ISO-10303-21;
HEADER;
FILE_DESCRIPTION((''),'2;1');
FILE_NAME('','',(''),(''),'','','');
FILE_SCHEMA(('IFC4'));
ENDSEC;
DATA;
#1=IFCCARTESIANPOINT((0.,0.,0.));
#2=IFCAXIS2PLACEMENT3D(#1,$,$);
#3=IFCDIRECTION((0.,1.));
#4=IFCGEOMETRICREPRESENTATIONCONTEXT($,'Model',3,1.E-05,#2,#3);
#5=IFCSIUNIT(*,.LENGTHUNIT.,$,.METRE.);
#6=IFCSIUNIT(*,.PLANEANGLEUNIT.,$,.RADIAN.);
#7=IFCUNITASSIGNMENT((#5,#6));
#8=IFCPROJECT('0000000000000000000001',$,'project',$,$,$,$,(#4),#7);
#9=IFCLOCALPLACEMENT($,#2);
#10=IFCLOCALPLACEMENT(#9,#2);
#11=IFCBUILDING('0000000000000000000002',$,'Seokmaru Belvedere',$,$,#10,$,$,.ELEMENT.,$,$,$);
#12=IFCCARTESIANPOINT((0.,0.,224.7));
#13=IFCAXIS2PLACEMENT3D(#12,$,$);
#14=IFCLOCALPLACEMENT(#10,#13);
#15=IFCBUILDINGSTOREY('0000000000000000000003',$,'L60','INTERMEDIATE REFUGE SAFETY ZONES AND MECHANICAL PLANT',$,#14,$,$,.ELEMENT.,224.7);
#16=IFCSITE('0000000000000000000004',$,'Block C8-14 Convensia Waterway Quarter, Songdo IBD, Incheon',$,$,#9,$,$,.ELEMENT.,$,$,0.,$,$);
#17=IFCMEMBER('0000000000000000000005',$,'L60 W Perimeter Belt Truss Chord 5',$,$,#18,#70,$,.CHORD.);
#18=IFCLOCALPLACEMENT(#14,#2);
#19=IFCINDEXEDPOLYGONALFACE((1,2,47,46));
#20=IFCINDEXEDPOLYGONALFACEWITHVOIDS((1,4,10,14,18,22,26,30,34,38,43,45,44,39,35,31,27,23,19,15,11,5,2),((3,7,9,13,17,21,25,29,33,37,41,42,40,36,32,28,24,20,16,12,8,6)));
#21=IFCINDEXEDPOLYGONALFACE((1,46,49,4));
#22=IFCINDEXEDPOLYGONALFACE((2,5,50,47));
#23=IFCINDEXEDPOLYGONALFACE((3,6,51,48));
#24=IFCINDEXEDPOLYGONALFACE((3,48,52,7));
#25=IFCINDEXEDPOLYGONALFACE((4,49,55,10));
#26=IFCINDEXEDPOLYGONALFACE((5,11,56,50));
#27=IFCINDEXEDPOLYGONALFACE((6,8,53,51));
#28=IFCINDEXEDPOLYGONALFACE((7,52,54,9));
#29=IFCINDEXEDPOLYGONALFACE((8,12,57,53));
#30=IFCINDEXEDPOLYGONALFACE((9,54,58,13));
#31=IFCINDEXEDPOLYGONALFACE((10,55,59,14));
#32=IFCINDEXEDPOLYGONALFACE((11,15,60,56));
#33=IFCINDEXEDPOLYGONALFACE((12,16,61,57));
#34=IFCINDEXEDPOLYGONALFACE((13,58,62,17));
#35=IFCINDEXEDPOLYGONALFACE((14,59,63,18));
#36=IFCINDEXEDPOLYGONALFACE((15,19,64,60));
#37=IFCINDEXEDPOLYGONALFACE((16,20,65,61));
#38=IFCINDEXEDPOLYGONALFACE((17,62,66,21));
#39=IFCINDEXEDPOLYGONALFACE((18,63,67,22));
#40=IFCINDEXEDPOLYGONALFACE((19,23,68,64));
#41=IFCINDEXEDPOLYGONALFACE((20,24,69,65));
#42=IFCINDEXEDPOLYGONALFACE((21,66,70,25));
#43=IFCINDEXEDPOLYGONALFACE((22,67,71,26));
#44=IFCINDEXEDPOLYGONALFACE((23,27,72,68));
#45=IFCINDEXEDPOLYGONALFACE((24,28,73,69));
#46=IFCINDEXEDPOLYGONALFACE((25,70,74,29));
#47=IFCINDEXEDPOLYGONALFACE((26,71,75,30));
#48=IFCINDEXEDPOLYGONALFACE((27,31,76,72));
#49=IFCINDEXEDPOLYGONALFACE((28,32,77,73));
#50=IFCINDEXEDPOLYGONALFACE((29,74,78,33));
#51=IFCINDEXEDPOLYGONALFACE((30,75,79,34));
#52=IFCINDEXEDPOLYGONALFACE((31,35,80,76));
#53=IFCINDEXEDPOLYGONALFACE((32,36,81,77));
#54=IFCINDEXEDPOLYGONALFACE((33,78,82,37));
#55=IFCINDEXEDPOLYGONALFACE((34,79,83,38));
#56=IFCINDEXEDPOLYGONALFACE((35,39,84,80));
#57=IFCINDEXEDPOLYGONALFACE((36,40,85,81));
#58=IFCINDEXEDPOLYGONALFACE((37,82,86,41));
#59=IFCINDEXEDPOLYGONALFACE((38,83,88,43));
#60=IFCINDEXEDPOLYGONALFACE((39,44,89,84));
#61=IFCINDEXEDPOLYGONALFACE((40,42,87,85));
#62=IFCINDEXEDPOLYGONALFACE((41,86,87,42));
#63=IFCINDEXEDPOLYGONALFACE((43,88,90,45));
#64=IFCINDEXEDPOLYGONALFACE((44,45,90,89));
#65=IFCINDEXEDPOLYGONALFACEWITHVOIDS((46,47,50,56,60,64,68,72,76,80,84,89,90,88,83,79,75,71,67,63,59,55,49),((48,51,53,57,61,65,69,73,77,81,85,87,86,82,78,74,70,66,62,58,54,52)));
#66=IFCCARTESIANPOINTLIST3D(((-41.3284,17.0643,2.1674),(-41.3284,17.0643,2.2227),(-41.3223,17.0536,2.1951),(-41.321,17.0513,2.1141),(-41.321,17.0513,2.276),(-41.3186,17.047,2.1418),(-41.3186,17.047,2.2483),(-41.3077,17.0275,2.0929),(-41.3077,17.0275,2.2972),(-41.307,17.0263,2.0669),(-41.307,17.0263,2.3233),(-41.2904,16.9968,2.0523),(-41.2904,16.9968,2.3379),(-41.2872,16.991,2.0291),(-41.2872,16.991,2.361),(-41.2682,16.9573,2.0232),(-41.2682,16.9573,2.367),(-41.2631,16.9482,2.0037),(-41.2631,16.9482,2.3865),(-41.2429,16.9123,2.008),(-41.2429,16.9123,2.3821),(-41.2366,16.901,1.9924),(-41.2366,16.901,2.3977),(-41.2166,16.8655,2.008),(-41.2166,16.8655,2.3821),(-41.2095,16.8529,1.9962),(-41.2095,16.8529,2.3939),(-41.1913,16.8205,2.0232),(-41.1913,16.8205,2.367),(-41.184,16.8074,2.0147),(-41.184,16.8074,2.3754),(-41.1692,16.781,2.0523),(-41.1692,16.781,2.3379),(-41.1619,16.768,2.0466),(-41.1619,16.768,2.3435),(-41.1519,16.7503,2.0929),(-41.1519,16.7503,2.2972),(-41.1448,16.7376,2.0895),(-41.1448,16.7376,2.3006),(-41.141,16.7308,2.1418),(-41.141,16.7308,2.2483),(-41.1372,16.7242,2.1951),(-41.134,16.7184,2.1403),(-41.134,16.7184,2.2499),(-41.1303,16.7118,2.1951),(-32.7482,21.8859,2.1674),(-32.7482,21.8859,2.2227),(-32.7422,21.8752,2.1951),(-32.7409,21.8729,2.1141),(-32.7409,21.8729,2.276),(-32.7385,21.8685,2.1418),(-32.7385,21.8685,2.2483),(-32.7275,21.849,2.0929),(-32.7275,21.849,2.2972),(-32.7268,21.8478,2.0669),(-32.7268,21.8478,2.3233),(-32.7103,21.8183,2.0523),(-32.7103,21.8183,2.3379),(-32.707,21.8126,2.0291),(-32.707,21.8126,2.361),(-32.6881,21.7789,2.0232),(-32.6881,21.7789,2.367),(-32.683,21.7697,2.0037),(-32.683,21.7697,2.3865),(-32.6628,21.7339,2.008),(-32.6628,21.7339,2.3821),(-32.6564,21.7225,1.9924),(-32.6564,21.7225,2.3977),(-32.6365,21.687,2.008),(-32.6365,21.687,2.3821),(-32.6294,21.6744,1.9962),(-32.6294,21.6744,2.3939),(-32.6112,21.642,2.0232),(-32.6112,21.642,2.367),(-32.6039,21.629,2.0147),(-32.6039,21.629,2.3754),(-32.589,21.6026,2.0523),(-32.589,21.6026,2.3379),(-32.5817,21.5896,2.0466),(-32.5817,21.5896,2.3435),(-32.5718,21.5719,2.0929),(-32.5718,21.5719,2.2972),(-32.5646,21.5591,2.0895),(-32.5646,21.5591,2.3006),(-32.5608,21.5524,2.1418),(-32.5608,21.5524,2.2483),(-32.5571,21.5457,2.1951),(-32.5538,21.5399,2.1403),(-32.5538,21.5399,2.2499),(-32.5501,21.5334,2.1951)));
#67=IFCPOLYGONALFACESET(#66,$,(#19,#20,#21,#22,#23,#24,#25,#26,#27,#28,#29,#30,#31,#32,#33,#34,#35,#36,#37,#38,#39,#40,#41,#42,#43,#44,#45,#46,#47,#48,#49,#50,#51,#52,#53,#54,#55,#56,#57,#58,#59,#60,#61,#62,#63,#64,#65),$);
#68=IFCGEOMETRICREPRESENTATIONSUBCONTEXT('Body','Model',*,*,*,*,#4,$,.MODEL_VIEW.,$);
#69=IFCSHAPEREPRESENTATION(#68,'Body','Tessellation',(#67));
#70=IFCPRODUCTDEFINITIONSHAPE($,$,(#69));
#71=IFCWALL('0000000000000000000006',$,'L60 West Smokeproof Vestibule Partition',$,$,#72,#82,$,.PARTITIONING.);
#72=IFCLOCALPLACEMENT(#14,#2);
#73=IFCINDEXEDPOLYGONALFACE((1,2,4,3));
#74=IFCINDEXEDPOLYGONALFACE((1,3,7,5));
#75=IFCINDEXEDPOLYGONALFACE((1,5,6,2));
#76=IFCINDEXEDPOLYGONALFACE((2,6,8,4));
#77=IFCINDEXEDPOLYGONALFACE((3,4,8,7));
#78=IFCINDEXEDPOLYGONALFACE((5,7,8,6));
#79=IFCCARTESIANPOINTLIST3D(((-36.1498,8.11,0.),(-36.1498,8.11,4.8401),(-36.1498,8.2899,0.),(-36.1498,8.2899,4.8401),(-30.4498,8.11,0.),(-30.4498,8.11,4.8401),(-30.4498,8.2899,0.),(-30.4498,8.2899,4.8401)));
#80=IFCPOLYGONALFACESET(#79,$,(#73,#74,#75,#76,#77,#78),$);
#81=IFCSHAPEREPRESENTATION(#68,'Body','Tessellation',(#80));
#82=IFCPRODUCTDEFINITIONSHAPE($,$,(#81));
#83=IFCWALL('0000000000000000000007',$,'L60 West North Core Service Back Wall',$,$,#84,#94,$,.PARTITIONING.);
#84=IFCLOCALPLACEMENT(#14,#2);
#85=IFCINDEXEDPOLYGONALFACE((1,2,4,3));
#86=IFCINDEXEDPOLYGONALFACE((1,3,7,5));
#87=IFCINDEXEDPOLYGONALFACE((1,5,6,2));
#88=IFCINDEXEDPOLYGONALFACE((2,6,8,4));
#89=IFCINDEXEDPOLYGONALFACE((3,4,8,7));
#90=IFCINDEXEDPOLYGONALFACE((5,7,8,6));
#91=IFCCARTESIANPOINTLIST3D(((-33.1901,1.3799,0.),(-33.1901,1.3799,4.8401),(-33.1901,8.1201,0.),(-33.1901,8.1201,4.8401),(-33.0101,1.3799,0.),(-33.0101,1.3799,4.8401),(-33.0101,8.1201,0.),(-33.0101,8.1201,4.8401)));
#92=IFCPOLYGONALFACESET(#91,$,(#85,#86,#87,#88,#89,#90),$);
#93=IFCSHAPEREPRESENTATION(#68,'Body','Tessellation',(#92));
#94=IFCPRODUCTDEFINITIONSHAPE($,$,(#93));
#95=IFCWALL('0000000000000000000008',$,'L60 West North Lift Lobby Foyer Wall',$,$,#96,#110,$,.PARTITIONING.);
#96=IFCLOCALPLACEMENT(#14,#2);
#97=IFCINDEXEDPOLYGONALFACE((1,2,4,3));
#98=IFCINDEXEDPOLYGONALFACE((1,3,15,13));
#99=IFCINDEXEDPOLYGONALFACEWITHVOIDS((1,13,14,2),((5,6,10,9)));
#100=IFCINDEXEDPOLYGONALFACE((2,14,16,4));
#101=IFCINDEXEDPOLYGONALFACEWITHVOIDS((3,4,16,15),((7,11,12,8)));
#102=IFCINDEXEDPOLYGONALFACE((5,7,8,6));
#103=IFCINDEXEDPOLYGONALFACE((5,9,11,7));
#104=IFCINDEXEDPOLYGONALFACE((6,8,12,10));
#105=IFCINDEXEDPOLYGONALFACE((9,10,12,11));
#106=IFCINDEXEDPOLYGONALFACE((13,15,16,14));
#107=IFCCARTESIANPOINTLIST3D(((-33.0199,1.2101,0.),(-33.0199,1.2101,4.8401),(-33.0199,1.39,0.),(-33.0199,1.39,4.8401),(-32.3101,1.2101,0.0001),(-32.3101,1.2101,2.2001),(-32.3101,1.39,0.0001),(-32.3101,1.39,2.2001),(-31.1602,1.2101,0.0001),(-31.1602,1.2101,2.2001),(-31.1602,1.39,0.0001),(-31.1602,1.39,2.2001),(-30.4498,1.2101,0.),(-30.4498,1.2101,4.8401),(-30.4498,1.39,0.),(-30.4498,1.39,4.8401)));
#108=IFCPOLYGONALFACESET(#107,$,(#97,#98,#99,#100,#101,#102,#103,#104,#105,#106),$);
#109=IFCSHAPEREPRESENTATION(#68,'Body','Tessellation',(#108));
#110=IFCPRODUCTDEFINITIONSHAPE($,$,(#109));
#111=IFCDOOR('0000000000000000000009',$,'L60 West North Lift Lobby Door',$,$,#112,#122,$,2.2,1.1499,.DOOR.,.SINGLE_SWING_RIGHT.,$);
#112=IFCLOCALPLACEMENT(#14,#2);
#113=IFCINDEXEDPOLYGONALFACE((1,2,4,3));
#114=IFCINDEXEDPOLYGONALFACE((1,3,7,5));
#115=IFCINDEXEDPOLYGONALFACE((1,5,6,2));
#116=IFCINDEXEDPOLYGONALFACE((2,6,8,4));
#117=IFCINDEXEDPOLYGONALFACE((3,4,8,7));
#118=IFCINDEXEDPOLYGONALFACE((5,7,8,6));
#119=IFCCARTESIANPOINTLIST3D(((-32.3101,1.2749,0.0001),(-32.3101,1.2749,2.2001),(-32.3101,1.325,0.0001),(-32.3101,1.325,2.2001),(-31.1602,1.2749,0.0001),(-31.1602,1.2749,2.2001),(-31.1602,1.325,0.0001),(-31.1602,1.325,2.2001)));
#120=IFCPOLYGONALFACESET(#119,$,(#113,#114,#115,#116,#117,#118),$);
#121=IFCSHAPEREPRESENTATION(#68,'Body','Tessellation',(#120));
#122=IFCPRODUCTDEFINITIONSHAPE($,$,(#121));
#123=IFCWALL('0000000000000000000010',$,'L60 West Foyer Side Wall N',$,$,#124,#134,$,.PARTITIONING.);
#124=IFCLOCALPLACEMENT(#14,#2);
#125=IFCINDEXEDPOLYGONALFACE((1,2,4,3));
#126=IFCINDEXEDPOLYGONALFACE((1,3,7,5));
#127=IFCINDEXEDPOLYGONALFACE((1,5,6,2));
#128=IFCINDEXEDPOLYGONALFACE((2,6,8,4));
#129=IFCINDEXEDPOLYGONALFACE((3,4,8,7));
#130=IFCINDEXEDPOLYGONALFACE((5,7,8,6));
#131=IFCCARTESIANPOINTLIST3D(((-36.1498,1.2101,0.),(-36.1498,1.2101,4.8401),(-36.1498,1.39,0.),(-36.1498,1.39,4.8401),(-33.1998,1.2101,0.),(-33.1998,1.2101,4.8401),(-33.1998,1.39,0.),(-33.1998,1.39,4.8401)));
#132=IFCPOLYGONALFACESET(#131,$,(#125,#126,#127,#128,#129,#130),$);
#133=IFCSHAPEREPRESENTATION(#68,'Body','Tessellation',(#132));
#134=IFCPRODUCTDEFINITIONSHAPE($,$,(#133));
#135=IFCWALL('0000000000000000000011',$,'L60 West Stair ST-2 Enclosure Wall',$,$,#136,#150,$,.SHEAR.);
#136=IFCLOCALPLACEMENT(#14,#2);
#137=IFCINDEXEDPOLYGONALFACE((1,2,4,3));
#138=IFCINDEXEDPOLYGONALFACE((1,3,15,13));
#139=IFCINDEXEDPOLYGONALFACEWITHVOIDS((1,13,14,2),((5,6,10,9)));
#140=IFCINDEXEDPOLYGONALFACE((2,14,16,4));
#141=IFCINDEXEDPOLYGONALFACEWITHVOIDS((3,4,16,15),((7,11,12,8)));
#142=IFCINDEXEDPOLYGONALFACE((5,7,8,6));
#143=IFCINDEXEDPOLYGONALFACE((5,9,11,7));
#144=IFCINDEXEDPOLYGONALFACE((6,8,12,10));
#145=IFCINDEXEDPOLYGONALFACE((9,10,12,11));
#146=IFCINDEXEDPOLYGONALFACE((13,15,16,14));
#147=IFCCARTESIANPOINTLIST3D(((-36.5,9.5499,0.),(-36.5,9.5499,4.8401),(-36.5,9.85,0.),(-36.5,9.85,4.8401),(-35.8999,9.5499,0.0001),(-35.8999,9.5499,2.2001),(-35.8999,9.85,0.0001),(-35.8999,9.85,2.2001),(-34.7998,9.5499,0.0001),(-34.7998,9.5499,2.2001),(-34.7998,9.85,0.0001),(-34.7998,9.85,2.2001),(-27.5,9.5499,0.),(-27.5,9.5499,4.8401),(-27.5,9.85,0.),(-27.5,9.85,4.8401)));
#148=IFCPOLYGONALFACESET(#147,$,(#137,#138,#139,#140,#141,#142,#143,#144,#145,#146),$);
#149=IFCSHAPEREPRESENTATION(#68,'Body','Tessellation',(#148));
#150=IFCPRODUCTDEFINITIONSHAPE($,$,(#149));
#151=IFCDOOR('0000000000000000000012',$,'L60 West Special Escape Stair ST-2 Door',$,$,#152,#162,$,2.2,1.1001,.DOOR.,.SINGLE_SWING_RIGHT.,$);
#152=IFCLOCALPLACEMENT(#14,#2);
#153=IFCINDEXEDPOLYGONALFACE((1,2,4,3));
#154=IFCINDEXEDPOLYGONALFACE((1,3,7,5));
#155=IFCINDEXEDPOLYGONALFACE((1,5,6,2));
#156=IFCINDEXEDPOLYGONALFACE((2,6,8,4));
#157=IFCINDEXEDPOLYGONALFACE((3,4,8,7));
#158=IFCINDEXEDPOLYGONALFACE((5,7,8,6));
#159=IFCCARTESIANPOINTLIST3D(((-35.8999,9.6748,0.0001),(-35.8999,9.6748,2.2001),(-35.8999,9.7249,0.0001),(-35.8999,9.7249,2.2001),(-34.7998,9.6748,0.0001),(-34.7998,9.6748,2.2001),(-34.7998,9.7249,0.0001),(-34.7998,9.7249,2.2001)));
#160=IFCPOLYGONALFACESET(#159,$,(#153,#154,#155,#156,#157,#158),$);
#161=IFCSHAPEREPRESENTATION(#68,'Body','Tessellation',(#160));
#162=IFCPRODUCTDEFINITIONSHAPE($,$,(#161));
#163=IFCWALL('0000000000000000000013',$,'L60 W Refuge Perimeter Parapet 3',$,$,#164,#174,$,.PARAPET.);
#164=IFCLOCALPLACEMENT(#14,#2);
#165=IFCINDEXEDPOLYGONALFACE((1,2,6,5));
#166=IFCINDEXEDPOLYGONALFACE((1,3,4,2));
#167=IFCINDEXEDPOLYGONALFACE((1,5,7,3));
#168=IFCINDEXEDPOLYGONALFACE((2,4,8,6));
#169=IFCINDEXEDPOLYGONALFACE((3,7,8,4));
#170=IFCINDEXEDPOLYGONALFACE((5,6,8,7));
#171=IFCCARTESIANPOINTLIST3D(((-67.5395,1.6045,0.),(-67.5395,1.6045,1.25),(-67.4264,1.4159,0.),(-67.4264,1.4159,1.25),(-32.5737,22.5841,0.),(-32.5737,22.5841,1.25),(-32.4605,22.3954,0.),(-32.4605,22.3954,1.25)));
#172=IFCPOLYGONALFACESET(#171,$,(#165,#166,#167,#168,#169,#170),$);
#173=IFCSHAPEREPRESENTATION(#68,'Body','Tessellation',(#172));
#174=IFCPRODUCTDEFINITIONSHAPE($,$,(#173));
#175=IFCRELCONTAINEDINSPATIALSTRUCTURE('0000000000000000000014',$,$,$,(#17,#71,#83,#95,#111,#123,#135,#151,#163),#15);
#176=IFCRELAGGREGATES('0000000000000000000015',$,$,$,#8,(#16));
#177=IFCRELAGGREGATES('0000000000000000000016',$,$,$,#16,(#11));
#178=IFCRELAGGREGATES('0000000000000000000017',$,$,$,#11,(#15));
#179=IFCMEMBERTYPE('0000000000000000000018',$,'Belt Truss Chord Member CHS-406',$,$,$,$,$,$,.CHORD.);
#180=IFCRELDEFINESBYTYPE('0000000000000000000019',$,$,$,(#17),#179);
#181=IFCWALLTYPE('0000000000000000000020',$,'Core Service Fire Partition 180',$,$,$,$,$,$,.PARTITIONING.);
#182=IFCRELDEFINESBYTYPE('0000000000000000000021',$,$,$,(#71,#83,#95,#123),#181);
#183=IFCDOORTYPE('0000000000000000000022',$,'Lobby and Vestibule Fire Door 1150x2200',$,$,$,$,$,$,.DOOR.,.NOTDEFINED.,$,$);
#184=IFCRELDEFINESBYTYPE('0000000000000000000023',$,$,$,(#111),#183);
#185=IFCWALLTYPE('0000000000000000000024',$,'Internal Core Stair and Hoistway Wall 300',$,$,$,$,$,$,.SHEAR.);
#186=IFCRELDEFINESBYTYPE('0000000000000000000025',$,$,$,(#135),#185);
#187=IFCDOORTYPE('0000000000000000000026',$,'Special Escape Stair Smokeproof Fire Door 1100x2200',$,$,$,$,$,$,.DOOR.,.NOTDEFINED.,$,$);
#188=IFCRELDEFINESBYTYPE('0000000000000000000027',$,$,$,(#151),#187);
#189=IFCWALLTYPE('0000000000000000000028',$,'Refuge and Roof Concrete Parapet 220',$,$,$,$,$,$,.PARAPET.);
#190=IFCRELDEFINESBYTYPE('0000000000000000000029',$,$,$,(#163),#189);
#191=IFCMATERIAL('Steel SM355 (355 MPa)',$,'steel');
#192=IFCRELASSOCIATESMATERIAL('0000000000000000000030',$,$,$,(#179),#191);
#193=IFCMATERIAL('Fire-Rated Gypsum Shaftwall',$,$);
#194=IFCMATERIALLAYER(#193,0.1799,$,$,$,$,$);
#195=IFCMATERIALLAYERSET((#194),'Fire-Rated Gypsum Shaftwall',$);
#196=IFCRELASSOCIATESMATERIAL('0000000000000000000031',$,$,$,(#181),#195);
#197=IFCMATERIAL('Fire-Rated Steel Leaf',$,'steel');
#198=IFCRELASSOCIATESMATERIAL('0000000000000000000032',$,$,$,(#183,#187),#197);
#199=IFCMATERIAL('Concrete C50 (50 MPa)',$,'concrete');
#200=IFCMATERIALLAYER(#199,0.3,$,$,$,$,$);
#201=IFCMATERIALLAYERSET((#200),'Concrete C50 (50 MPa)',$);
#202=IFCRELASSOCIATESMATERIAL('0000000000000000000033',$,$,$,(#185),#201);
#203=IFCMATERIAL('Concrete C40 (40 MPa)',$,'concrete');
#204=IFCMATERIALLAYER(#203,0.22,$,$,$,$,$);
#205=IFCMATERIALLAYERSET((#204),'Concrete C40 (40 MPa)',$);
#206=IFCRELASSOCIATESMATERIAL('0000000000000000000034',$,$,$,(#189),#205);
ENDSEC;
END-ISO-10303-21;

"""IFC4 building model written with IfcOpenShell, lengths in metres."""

from ifc_helpers import new_model, si_unit, direction, frame, frame_2d, origin, origin_2d, place, context, subcontext, project, spatial, rectangle, hollow_circle, extrude, source, transform, mapped, material, layer, layer_set, material_profile, profile_set, type_object, type_shapes, element, fill, save


model = new_model("IFC4")

# Units and contexts
model_context = context("Model", 3, precision=1e-05, world=origin(), true_north=direction((0.0, 1.0)))
body_context = subcontext(model_context, "Body", "Model", "MODEL_VIEW")
ifc_project = project(units=[si_unit("LENGTHUNIT", "METRE"), si_unit("PLANEANGLEUNIT", "RADIAN")], contexts=[model_context])

# Site, building, storey
site_placement = place(None, origin())
site = spatial("IfcSite", under=ifc_project, at=site_placement, Name="Block C8-14 Convensia Waterway Quarter, Songdo IBD, Incheon", CompositionType="ELEMENT", RefElevation=0.0)
building_placement = place(site_placement, origin())
building = spatial("IfcBuilding", under=site, at=building_placement, Name="Seokmaru Belvedere", CompositionType="ELEMENT")
storey_placement = place(building_placement, frame((0.0, 0.0, 224.7)))
storey = spatial("IfcBuildingStorey", under=building, at=storey_placement, Name="L60", Description="INTERMEDIATE REFUGE SAFETY ZONES AND MECHANICAL PLANT", CompositionType="ELEMENT", Elevation=224.7)

# Shared definitions
ifc_material_1 = material(Name="Steel SM355 (355 MPa)", Category="steel")

# Member
ifc_material_profile_1 = material_profile(ifc_material_1, hollow_circle(Radius=0.2031, WallThickness=0.0142, at=origin_2d()), Name="CHS-406.4x14.2")
ifc_profile_set_1 = profile_set([ifc_material_profile_1], Name="Steel SM355 (355 MPa)")
member_type_1 = type_object("IfcMemberType", Name="Belt Truss Chord Member CHS-406", PredefinedType="CHORD", material=ifc_profile_set_1)
shared_shape_1 = source(origin(), body_context, "Body", "SweptSolid", [
    extrude(hollow_circle(Radius=0.2031, WallThickness=0.0142, at=origin_2d()), origin(), (0.0, 0.0, 1.0), 9.842),
])
type_shapes(member_type_1, [shared_shape_1])
member_1_placement = place(storey_placement, frame((-32.6497, 21.7104, 2.1951), z_axis=(-0.871782, -0.489894, 0.0), x_axis=(0.489894, -0.871782, 0.0)))
element("IfcMember", 1, at=member_1_placement, inside=storey, type_object=member_type_1, Name="L60 W Perimeter Belt Truss Chord 5", PredefinedType="CHORD", context=body_context, shape_type="MappedRepresentation", body=[
    mapped(shared_shape_1, transform((0.0, 0.0, 0.0), scale=1.0)),
])

# Walls
ifc_material_2 = material(Name="Fire-Rated Gypsum Shaftwall")
ifc_layer_1 = layer(ifc_material_2, 0.1799)
ifc_layer_set_1 = layer_set([ifc_layer_1], Name="Fire-Rated Gypsum Shaftwall")
wall_type_1 = type_object("IfcWallType", Name="Core Service Fire Partition 180", PredefinedType="PARTITIONING", material=ifc_layer_set_1)
wall_1_placement = place(storey_placement, frame((-36.1499, 8.2, 0.0), z_axis=(0.0, 0.0, 1.0), x_axis=(1.0, 0.0, 0.0)))
element("IfcWall", 2, at=wall_1_placement, inside=storey, type_object=wall_type_1, Name="L60 West Smokeproof Vestibule Partition", PredefinedType="PARTITIONING", context=body_context, shape_type="SweptSolid", body=[
    extrude(rectangle(XDim=5.7, YDim=0.1799, at=frame_2d((2.8501, 0.0))), origin(), (0.0, 0.0, 1.0), 4.8401),
])
wall_2_placement = place(storey_placement, frame((-33.1001, 1.3799, 0.0), z_axis=(0.0, 0.0, 1.0), x_axis=(0.0, 1.0, 0.0)))
element("IfcWall", 3, at=wall_2_placement, inside=storey, type_object=wall_type_1, Name="L60 West North Core Service Back Wall", PredefinedType="PARTITIONING", context=body_context, shape_type="SweptSolid", body=[
    extrude(rectangle(XDim=6.7402, YDim=0.1799, at=frame_2d((3.3701, 0.0))), origin(), (0.0, 0.0, 1.0), 4.8401),
])

# Wall, opening, door
wall_3_placement = place(storey_placement, frame((-33.02, 1.3, 0.0), z_axis=(0.0, 0.0, 1.0), x_axis=(1.0, 0.0, 0.0)))
wall_3 = element("IfcWall", 4, at=wall_3_placement, inside=storey, type_object=wall_type_1, Name="L60 West North Lift Lobby Foyer Wall", PredefinedType="PARTITIONING", context=body_context, shape_type="SweptSolid", body=[
    extrude(rectangle(XDim=2.5701, YDim=0.1799, at=frame_2d((1.2852, 0.0))), origin(), (0.0, 0.0, 1.0), 4.8401),
])
opening_1_placement = place(wall_3_placement, frame((0.71, 0.0, 0.0)))
opening_1 = element("IfcOpeningElement", 5, at=opening_1_placement, cuts=wall_3, PredefinedType="OPENING", context=body_context, shape_type="SweptSolid", body=[
    extrude(rectangle(XDim=1.1499, YDim=2.2, at=frame_2d((0.575, 1.1001))), frame((0.0, 0.1001, 0.0), z_axis=(0.0, -1.0, 0.0), x_axis=(1.0, 0.0, 0.0)), (0.0, 0.0, 1.0), 0.2),
])
ifc_material_3 = material(Name="Fire-Rated Steel Leaf", Category="steel")
door_type_1 = type_object("IfcDoorType", Name="Lobby and Vestibule Fire Door 1150x2200", OperationType="NOTDEFINED", PredefinedType="DOOR", material=ifc_material_3)
shared_shape_2 = source(origin(), body_context, "Body", "SweptSolid", [
    extrude(rectangle(XDim=1.1499, YDim=2.2, at=frame_2d((0.575, 1.1001))), frame((0.0, 0.0249, 0.0), z_axis=(0.0, -1.0, 0.0), x_axis=(1.0, 0.0, 0.0)), (0.0, 0.0, 1.0), 0.05),
])
type_shapes(door_type_1, [shared_shape_2])
door_1_placement = place(opening_1_placement, origin())
door_1 = element("IfcDoor", 6, at=door_1_placement, inside=storey, type_object=door_type_1, Name="L60 West North Lift Lobby Door", OperationType="SINGLE_SWING_RIGHT", OverallHeight=2.2, OverallWidth=1.1499, PredefinedType="DOOR", context=body_context, shape_type="MappedRepresentation", body=[
    mapped(shared_shape_2, transform((0.0, 0.0, 0.0), scale=1.0)),
])
fill(opening_1, door_1)

# Wall
wall_4_placement = place(storey_placement, frame((-36.1499, 1.3, 0.0), z_axis=(0.0, 0.0, 1.0), x_axis=(1.0, 0.0, 0.0)))
element("IfcWall", 7, at=wall_4_placement, inside=storey, type_object=wall_type_1, Name="L60 West Foyer Side Wall N", PredefinedType="PARTITIONING", context=body_context, shape_type="SweptSolid", body=[
    extrude(rectangle(XDim=2.95, YDim=0.1799, at=frame_2d((1.4751, 0.0))), origin(), (0.0, 0.0, 1.0), 4.8401),
])

# Wall, opening, door
ifc_material_4 = material(Name="Concrete C50 (50 MPa)", Category="concrete")
ifc_layer_2 = layer(ifc_material_4, 0.3)
ifc_layer_set_2 = layer_set([ifc_layer_2], Name="Concrete C50 (50 MPa)")
wall_type_2 = type_object("IfcWallType", Name="Internal Core Stair and Hoistway Wall 300", PredefinedType="SHEAR", material=ifc_layer_set_2)
wall_5_placement = place(storey_placement, frame((-36.5, 9.7, 0.0), z_axis=(0.0, 0.0, 1.0), x_axis=(1.0, 0.0, 0.0)))
wall_5 = element("IfcWall", 8, at=wall_5_placement, inside=storey, type_object=wall_type_2, Name="L60 West Stair ST-2 Enclosure Wall", PredefinedType="SHEAR", context=body_context, shape_type="SweptSolid", body=[
    extrude(rectangle(XDim=9.0, YDim=0.3, at=frame_2d((4.5, 0.0))), origin(), (0.0, 0.0, 1.0), 4.8401),
])
opening_2_placement = place(wall_5_placement, frame((0.6001, 0.0, 0.0)))
opening_2 = element("IfcOpeningElement", 9, at=opening_2_placement, cuts=wall_5, PredefinedType="OPENING", context=body_context, shape_type="SweptSolid", body=[
    extrude(rectangle(XDim=1.1001, YDim=2.2, at=frame_2d((0.55, 1.1001))), frame((0.0, 0.1602, 0.0), z_axis=(0.0, -1.0, 0.0), x_axis=(1.0, 0.0, 0.0)), (0.0, 0.0, 1.0), 0.3201),
])
door_type_2 = type_object("IfcDoorType", Name="Special Escape Stair Smokeproof Fire Door 1100x2200", OperationType="NOTDEFINED", PredefinedType="DOOR", material=ifc_material_3)
shared_shape_3 = source(origin(), body_context, "Body", "SweptSolid", [
    extrude(rectangle(XDim=1.1001, YDim=2.2, at=frame_2d((0.55, 1.1001))), frame((0.0, 0.0249, 0.0), z_axis=(0.0, -1.0, 0.0), x_axis=(1.0, 0.0, 0.0)), (0.0, 0.0, 1.0), 0.05),
])
type_shapes(door_type_2, [shared_shape_3])
door_2_placement = place(opening_2_placement, origin())
door_2 = element("IfcDoor", 10, at=door_2_placement, inside=storey, type_object=door_type_2, Name="L60 West Special Escape Stair ST-2 Door", OperationType="SINGLE_SWING_RIGHT", OverallHeight=2.2, OverallWidth=1.1001, PredefinedType="DOOR", context=body_context, shape_type="MappedRepresentation", body=[
    mapped(shared_shape_3, transform((0.0, 0.0, 0.0), scale=1.0)),
])
fill(opening_2, door_2)

# Wall
ifc_material_5 = material(Name="Concrete C40 (40 MPa)", Category="concrete")
ifc_layer_3 = layer(ifc_material_5, 0.22)
ifc_layer_set_3 = layer_set([ifc_layer_3], Name="Concrete C40 (40 MPa)")
wall_type_3 = type_object("IfcWallType", Name="Refuge and Roof Concrete Parapet 220", PredefinedType="PARAPET", material=ifc_layer_set_3)
wall_6_placement = place(storey_placement, frame((-32.5171, 22.4897, 0.0), z_axis=(0.0, 0.0, 1.0), x_axis=(-0.857493, -0.514496, 0.0)))
element("IfcWall", 11, at=wall_6_placement, inside=storey, type_object=wall_type_3, Name="L60 W Refuge Perimeter Parapet 3", PredefinedType="PARAPET", context=body_context, shape_type="SweptSolid", body=[
    extrude(rectangle(XDim=40.7769, YDim=0.22, at=frame_2d((20.3884, 0.0))), origin(), (0.0, 0.0, 1.0), 1.25),
])

save(model, "model.ifc")
